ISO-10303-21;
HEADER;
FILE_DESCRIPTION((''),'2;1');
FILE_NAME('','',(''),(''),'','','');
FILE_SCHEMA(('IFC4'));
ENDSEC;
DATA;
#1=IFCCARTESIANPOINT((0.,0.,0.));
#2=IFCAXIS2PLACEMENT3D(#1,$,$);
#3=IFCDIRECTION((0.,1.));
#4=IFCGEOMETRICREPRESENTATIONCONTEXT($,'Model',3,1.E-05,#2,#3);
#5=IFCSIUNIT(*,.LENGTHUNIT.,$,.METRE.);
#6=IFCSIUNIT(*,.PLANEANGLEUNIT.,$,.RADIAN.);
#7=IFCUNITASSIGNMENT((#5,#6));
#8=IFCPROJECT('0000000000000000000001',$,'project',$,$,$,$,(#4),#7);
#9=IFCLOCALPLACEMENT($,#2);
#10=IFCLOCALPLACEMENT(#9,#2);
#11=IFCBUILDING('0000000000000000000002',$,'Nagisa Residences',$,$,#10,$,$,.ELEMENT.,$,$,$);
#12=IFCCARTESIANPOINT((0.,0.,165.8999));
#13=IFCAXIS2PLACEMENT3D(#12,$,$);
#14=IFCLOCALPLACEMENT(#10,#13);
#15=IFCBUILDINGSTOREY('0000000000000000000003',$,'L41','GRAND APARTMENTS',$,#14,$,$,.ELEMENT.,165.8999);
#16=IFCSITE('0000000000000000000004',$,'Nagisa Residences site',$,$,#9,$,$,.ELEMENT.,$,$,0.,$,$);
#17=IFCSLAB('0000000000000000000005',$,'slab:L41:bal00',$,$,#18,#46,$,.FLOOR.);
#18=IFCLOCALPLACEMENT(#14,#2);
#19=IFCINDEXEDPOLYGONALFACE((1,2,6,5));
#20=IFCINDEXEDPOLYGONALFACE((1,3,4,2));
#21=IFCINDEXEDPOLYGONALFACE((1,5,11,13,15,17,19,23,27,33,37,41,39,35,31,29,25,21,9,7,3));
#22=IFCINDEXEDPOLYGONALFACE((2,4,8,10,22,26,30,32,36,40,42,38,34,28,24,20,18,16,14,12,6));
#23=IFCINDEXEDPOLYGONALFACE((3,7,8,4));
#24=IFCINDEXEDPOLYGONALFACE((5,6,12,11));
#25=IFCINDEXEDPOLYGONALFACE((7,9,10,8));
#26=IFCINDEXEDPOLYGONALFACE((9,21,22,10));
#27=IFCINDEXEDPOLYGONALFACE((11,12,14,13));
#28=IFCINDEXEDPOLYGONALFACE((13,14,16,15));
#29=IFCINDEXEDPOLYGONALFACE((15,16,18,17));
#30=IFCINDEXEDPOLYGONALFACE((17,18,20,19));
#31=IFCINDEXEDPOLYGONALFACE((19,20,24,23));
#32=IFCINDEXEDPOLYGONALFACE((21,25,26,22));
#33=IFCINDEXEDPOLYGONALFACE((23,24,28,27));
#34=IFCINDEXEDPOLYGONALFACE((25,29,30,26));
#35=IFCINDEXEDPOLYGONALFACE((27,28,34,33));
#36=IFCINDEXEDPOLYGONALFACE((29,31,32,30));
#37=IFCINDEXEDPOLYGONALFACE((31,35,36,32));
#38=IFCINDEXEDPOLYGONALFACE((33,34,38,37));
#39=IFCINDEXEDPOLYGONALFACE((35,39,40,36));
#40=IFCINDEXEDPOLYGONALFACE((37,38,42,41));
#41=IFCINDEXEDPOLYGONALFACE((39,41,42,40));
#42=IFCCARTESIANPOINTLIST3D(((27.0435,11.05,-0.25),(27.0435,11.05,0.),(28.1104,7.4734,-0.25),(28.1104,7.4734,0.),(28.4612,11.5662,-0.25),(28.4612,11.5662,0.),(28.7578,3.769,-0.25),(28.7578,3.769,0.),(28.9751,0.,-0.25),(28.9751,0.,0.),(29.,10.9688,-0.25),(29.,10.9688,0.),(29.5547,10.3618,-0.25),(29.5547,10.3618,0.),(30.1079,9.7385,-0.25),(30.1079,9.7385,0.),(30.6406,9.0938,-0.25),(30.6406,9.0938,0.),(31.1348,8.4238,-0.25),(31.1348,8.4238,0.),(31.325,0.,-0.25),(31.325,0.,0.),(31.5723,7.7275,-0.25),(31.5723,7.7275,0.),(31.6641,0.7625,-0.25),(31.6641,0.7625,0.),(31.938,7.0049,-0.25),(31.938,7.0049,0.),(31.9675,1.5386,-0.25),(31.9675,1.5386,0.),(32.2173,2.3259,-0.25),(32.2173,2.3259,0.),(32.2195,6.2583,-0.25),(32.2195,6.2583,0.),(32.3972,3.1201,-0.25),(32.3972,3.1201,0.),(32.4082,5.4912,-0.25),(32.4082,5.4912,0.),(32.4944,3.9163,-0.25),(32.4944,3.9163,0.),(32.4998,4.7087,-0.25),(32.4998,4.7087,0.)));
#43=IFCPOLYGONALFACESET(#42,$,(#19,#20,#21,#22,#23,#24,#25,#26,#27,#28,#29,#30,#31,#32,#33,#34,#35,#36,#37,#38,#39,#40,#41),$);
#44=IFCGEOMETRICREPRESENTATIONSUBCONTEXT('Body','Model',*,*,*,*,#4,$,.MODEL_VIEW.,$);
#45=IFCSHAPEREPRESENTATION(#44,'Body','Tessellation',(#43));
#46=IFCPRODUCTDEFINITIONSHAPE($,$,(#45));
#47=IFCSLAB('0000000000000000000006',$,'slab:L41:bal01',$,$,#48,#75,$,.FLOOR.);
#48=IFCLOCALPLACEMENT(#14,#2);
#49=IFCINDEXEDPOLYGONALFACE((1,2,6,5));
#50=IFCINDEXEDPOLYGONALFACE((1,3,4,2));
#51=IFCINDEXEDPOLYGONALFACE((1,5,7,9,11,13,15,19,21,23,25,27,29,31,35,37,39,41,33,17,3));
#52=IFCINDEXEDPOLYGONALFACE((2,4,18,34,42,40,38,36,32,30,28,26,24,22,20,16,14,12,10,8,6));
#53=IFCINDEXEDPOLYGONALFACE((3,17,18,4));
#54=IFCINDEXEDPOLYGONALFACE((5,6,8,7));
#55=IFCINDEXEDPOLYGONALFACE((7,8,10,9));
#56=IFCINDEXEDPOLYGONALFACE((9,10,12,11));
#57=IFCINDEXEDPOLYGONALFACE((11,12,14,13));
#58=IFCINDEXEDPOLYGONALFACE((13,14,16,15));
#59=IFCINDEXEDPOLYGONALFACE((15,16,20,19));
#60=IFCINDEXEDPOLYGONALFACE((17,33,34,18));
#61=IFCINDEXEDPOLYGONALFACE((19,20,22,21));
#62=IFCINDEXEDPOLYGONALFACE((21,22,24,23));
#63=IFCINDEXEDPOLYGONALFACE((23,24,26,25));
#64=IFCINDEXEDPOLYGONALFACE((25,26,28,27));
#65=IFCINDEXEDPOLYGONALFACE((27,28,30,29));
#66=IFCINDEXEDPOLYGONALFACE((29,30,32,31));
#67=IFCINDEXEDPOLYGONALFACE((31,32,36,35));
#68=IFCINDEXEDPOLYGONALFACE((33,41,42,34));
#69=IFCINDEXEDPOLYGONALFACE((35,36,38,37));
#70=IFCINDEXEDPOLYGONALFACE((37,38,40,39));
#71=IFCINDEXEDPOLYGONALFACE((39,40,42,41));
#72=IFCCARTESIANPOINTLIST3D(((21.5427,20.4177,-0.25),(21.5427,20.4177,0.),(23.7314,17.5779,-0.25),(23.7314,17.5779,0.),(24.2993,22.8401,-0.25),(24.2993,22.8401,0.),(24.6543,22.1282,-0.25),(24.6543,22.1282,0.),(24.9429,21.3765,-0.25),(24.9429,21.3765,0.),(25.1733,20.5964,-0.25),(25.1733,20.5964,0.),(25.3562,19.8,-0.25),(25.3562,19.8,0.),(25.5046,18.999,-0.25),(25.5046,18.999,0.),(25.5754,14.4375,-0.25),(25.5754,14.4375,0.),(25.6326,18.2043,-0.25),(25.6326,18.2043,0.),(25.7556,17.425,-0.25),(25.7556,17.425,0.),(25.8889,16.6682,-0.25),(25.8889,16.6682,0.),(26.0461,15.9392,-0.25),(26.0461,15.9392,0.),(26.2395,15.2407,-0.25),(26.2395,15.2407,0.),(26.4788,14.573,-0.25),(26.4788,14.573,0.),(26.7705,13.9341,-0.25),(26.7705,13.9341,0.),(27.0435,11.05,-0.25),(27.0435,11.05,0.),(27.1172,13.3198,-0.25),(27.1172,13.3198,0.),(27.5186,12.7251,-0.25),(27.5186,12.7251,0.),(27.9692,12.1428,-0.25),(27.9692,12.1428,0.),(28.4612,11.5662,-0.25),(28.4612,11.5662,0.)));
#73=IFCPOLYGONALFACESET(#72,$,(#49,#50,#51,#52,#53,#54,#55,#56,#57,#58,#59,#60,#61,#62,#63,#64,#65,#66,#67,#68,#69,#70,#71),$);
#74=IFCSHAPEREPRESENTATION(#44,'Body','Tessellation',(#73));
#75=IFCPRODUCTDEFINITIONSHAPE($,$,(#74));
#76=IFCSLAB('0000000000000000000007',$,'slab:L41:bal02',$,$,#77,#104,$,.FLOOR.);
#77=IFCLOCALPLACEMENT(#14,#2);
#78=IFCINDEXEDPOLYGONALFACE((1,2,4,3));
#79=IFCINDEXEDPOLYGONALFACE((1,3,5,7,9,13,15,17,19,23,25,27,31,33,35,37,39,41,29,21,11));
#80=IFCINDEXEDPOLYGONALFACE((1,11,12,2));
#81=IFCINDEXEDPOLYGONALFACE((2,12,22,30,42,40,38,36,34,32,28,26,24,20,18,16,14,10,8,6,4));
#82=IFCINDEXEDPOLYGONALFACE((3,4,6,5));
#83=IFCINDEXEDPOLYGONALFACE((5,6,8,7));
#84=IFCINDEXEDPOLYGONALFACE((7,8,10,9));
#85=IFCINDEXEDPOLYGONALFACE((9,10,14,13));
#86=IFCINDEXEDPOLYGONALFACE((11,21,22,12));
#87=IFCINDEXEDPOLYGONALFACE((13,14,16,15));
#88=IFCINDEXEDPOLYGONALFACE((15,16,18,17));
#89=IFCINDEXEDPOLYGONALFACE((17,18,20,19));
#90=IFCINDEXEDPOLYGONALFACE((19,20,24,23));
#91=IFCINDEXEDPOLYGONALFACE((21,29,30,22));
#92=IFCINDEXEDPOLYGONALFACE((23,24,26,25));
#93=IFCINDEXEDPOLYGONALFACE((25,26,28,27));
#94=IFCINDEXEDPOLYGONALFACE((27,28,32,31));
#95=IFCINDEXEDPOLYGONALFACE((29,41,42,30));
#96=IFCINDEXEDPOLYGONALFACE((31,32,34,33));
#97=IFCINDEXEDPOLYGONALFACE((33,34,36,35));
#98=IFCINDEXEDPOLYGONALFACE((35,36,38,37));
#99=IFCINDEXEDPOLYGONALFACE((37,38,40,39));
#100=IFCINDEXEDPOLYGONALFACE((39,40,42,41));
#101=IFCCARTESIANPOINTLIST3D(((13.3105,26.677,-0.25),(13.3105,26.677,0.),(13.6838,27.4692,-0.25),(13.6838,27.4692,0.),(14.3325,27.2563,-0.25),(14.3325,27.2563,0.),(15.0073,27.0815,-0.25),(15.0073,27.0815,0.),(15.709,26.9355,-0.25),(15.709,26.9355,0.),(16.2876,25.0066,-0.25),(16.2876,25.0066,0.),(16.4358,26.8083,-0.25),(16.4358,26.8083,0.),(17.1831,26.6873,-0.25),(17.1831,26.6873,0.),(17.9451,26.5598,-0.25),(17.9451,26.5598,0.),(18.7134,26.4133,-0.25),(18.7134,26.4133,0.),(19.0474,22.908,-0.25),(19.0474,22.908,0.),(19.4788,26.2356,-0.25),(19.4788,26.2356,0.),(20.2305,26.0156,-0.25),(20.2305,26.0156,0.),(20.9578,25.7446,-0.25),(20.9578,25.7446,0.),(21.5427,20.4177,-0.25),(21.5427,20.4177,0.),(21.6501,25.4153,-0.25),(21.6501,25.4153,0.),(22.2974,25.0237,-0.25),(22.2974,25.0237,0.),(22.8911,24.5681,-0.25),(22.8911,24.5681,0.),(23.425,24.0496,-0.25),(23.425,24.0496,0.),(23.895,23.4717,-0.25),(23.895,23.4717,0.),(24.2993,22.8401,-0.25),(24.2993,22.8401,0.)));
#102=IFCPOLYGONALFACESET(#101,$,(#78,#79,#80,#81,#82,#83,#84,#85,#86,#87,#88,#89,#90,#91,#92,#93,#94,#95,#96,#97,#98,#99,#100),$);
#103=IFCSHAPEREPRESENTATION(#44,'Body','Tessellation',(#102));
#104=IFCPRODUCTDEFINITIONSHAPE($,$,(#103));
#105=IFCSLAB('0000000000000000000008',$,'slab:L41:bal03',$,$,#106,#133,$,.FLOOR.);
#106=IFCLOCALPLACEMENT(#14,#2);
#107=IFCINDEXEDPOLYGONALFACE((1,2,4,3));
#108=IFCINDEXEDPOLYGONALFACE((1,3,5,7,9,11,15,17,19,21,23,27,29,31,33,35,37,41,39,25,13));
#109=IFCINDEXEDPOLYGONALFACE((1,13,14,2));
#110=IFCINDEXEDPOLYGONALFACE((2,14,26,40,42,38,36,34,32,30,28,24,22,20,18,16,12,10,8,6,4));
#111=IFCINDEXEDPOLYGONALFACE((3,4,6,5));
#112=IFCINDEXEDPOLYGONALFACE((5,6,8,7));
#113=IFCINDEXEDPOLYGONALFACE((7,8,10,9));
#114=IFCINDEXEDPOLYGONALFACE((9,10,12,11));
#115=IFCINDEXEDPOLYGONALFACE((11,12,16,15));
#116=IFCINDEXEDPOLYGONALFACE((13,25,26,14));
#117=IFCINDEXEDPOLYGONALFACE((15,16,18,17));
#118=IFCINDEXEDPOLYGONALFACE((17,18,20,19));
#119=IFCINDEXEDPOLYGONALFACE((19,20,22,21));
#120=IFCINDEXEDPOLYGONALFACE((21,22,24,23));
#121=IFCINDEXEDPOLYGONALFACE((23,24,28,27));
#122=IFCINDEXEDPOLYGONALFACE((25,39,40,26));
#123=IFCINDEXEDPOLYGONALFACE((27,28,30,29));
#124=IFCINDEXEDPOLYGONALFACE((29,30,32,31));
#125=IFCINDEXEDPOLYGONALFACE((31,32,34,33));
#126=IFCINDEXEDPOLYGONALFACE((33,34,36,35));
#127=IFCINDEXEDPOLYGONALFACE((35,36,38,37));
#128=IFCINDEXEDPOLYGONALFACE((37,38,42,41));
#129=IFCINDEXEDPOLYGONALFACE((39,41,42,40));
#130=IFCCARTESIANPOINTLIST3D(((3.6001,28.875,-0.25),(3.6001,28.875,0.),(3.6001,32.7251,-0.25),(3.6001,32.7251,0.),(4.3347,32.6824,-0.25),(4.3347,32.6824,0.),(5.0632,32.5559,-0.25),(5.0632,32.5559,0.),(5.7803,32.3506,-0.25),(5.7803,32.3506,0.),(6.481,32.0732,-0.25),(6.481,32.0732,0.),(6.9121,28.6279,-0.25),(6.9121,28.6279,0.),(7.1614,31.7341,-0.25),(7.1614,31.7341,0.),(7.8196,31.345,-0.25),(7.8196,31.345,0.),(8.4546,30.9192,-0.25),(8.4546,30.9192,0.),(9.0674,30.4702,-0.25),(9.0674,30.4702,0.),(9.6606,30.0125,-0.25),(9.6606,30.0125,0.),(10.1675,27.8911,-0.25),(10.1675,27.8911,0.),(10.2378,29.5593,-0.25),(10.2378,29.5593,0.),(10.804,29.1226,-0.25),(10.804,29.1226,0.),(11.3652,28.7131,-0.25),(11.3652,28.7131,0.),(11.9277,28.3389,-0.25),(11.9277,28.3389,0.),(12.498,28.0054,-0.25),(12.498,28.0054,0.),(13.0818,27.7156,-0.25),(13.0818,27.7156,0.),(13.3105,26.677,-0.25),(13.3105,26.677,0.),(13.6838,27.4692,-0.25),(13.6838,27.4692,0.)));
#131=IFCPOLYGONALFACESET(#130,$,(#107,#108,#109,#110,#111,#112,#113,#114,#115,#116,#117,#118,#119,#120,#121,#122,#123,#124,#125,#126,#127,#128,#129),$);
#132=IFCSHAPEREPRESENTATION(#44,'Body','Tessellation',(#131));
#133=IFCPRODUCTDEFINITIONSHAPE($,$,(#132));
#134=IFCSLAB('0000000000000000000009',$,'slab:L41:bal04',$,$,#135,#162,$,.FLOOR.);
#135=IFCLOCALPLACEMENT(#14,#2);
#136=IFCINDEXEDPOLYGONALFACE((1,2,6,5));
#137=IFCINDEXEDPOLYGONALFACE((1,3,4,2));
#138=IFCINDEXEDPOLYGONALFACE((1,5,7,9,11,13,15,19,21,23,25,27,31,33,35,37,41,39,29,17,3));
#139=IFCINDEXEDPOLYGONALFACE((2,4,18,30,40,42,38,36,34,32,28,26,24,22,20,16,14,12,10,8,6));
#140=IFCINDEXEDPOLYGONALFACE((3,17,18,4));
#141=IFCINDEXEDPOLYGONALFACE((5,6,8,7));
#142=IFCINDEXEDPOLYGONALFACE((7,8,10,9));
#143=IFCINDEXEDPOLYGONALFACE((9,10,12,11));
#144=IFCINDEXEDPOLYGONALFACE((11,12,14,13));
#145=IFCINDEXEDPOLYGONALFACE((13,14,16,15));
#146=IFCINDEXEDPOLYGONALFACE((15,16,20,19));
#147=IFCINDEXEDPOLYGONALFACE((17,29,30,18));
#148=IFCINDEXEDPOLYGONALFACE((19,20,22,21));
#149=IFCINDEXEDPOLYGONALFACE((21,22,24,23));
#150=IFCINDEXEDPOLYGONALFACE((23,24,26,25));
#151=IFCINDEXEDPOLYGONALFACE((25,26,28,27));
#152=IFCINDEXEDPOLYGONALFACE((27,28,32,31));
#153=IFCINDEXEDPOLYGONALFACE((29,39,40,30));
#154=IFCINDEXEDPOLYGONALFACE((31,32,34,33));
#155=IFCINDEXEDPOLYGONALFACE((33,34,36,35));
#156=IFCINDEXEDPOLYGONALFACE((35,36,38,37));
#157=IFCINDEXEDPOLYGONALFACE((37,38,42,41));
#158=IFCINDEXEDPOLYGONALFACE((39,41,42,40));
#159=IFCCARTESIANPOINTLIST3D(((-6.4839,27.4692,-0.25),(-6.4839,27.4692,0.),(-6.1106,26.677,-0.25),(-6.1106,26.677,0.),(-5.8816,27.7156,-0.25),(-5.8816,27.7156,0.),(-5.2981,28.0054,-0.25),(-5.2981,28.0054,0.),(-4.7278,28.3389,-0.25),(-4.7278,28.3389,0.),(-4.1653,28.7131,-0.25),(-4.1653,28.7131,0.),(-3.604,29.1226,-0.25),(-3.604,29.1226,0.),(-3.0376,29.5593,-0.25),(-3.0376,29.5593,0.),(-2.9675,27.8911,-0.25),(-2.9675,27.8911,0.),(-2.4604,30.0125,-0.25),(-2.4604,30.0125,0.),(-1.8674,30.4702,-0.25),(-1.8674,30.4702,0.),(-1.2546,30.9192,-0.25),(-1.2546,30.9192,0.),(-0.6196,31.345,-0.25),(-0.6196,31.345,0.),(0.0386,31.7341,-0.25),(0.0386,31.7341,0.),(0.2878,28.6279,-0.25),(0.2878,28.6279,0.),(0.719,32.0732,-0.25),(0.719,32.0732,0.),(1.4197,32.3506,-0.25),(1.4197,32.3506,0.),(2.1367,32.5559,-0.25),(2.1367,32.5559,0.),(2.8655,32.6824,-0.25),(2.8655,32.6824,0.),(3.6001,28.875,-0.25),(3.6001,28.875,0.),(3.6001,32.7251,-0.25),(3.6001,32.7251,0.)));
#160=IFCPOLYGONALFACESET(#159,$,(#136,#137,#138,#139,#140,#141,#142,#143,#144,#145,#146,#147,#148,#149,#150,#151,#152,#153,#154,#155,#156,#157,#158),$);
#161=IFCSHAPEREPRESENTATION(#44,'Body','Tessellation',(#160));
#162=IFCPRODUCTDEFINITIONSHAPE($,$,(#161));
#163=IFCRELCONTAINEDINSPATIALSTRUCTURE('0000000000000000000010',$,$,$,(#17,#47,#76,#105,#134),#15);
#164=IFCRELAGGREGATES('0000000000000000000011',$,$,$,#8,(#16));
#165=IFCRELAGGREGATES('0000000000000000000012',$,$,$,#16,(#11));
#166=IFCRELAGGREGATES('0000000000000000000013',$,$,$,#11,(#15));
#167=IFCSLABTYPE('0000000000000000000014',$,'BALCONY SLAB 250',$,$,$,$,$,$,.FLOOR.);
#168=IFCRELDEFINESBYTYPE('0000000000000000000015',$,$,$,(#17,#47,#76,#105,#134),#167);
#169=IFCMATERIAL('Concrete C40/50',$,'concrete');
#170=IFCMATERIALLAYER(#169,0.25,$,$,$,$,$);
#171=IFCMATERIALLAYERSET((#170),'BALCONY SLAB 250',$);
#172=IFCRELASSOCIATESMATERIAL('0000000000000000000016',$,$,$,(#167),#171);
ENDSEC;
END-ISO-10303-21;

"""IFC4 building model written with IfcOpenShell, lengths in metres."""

from ifc_helpers import new_model, si_unit, direction, frame, origin, place, context, subcontext, project, spatial, polyline, outline, extrude, material, layer, layer_set, type_object, element, save


model = new_model("IFC4")

# Units and contexts
model_context = context("Model", 3, precision=1e-05, world=origin(), true_north=direction((0.0, 1.0)))
body_context = subcontext(model_context, "Body", "Model", "MODEL_VIEW")
ifc_project = project(units=[si_unit("LENGTHUNIT", "METRE"), si_unit("PLANEANGLEUNIT", "RADIAN")], contexts=[model_context])

# Site, building, storey
site_placement = place(None, origin())
site = spatial("IfcSite", under=ifc_project, at=site_placement, Name="Nagisa Residences site", CompositionType="ELEMENT", RefElevation=0.0)
building_placement = place(site_placement, origin())
building = spatial("IfcBuilding", under=site, at=building_placement, Name="Nagisa Residences", CompositionType="ELEMENT")
storey_placement = place(building_placement, frame((0.0, 0.0, 165.8999)))
storey = spatial("IfcBuildingStorey", under=building, at=storey_placement, Name="L41", Description="GRAND APARTMENTS", CompositionType="ELEMENT", Elevation=165.8999)

# Slabs
ifc_material_1 = material(Name="Concrete C40/50", Category="concrete")
ifc_layer_1 = layer(ifc_material_1, 0.25)
ifc_layer_set_1 = layer_set([ifc_layer_1], Name="BALCONY SLAB 250")
slab_type_1 = type_object("IfcSlabType", Name="BALCONY SLAB 250", PredefinedType="FLOOR", material=ifc_layer_set_1)
slab_1_placement = place(storey_placement, frame((0.0, 0.0, -0.25)))
element("IfcSlab", 1, at=slab_1_placement, inside=storey, type_object=slab_type_1, Name="slab:L41:bal00", PredefinedType="FLOOR", context=body_context, shape_type="SweptSolid", body=[
    extrude(outline(polyline([(31.325, 0.0), (31.6641, 0.7625), (31.9675, 1.5386), (32.2173, 2.3259), (32.3972, 3.1201), (32.4944, 3.9163), (32.4998, 4.7087), (32.4082, 5.4912), (32.2195, 6.2583), (31.938, 7.0049), (31.5723, 7.7275), (31.1348, 8.4238), (30.6406, 9.0938), (30.1079, 9.7385), (29.5547, 10.3618), (29.0, 10.9688), (28.4612, 11.5662), (27.0435, 11.05), (28.1104, 7.4734), (28.7578, 3.769), (28.9751, 0.0), (31.325, 0.0)])), origin(), (0.0, 0.0, 1.0), 0.25),
])
slab_2_placement = place(storey_placement, frame((0.0, 0.0, -0.25)))
element("IfcSlab", 2, at=slab_2_placement, inside=storey, type_object=slab_type_1, Name="slab:L41:bal01", PredefinedType="FLOOR", context=body_context, shape_type="SweptSolid", body=[
    extrude(outline(polyline([(28.4612, 11.5662), (27.9692, 12.1428), (27.5186, 12.7251), (27.1172, 13.3198), (26.7705, 13.9341), (26.4788, 14.573), (26.2395, 15.2407), (26.0461, 15.9392), (25.8889, 16.6682), (25.7556, 17.425), (25.6326, 18.2043), (25.5046, 18.999), (25.3562, 19.8), (25.1733, 20.5964), (24.9429, 21.3765), (24.6543, 22.1282), (24.2993, 22.8401), (21.5427, 20.4177), (23.7314, 17.5779), (25.5754, 14.4375), (27.0435, 11.05), (28.4612, 11.5662)])), origin(), (0.0, 0.0, 1.0), 0.25),
])
slab_3_placement = place(storey_placement, frame((0.0, 0.0, -0.25)))
element("IfcSlab", 3, at=slab_3_placement, inside=storey, type_object=slab_type_1, Name="slab:L41:bal02", PredefinedType="FLOOR", context=body_context, shape_type="SweptSolid", body=[
    extrude(outline(polyline([(24.2993, 22.8401), (23.895, 23.4717), (23.425, 24.0496), (22.8911, 24.5681), (22.2974, 25.0237), (21.6501, 25.4153), (20.9578, 25.7446), (20.2305, 26.0156), (19.4788, 26.2356), (18.7134, 26.4133), (17.9451, 26.5598), (17.1831, 26.6873), (16.4358, 26.8083), (15.709, 26.9355), (15.0073, 27.0815), (14.3325, 27.2563), (13.6838, 27.4692), (13.3105, 26.677), (16.2876, 25.0066), (19.0474, 22.908), (21.5427, 20.4177), (24.2993, 22.8401)])), origin(), (0.0, 0.0, 1.0), 0.25),
])
slab_4_placement = place(storey_placement, frame((0.0, 0.0, -0.25)))
element("IfcSlab", 4, at=slab_4_placement, inside=storey, type_object=slab_type_1, Name="slab:L41:bal03", PredefinedType="FLOOR", context=body_context, shape_type="SweptSolid", body=[
    extrude(outline(polyline([(13.6838, 27.4692), (13.0818, 27.7156), (12.498, 28.0054), (11.9277, 28.3389), (11.3652, 28.7131), (10.804, 29.1226), (10.2378, 29.5593), (9.6606, 30.0125), (9.0674, 30.4702), (8.4546, 30.9192), (7.8196, 31.345), (7.1614, 31.7341), (6.481, 32.0732), (5.7803, 32.3506), (5.0632, 32.5559), (4.3347, 32.6824), (3.6001, 32.7251), (3.6001, 28.875), (6.9121, 28.6279), (10.1675, 27.8911), (13.3105, 26.677), (13.6838, 27.4692)])), origin(), (0.0, 0.0, 1.0), 0.25),
])
slab_5_placement = place(storey_placement, frame((0.0, 0.0, -0.25)))
element("IfcSlab", 5, at=slab_5_placement, inside=storey, type_object=slab_type_1, Name="slab:L41:bal04", PredefinedType="FLOOR", context=body_context, shape_type="SweptSolid", body=[
    extrude(outline(polyline([(3.6001, 32.7251), (2.8655, 32.6824), (2.1367, 32.5559), (1.4197, 32.3506), (0.719, 32.0732), (0.0386, 31.7341), (-0.6196, 31.345), (-1.2546, 30.9192), (-1.8674, 30.4702), (-2.4604, 30.0125), (-3.0376, 29.5593), (-3.604, 29.1226), (-4.1653, 28.7131), (-4.7278, 28.3389), (-5.2981, 28.0054), (-5.8816, 27.7156), (-6.4839, 27.4692), (-6.1106, 26.677), (-2.9675, 27.8911), (0.2878, 28.6279), (3.6001, 28.875), (3.6001, 32.7251)])), origin(), (0.0, 0.0, 1.0), 0.25),
])

save(model, "model.ifc")
